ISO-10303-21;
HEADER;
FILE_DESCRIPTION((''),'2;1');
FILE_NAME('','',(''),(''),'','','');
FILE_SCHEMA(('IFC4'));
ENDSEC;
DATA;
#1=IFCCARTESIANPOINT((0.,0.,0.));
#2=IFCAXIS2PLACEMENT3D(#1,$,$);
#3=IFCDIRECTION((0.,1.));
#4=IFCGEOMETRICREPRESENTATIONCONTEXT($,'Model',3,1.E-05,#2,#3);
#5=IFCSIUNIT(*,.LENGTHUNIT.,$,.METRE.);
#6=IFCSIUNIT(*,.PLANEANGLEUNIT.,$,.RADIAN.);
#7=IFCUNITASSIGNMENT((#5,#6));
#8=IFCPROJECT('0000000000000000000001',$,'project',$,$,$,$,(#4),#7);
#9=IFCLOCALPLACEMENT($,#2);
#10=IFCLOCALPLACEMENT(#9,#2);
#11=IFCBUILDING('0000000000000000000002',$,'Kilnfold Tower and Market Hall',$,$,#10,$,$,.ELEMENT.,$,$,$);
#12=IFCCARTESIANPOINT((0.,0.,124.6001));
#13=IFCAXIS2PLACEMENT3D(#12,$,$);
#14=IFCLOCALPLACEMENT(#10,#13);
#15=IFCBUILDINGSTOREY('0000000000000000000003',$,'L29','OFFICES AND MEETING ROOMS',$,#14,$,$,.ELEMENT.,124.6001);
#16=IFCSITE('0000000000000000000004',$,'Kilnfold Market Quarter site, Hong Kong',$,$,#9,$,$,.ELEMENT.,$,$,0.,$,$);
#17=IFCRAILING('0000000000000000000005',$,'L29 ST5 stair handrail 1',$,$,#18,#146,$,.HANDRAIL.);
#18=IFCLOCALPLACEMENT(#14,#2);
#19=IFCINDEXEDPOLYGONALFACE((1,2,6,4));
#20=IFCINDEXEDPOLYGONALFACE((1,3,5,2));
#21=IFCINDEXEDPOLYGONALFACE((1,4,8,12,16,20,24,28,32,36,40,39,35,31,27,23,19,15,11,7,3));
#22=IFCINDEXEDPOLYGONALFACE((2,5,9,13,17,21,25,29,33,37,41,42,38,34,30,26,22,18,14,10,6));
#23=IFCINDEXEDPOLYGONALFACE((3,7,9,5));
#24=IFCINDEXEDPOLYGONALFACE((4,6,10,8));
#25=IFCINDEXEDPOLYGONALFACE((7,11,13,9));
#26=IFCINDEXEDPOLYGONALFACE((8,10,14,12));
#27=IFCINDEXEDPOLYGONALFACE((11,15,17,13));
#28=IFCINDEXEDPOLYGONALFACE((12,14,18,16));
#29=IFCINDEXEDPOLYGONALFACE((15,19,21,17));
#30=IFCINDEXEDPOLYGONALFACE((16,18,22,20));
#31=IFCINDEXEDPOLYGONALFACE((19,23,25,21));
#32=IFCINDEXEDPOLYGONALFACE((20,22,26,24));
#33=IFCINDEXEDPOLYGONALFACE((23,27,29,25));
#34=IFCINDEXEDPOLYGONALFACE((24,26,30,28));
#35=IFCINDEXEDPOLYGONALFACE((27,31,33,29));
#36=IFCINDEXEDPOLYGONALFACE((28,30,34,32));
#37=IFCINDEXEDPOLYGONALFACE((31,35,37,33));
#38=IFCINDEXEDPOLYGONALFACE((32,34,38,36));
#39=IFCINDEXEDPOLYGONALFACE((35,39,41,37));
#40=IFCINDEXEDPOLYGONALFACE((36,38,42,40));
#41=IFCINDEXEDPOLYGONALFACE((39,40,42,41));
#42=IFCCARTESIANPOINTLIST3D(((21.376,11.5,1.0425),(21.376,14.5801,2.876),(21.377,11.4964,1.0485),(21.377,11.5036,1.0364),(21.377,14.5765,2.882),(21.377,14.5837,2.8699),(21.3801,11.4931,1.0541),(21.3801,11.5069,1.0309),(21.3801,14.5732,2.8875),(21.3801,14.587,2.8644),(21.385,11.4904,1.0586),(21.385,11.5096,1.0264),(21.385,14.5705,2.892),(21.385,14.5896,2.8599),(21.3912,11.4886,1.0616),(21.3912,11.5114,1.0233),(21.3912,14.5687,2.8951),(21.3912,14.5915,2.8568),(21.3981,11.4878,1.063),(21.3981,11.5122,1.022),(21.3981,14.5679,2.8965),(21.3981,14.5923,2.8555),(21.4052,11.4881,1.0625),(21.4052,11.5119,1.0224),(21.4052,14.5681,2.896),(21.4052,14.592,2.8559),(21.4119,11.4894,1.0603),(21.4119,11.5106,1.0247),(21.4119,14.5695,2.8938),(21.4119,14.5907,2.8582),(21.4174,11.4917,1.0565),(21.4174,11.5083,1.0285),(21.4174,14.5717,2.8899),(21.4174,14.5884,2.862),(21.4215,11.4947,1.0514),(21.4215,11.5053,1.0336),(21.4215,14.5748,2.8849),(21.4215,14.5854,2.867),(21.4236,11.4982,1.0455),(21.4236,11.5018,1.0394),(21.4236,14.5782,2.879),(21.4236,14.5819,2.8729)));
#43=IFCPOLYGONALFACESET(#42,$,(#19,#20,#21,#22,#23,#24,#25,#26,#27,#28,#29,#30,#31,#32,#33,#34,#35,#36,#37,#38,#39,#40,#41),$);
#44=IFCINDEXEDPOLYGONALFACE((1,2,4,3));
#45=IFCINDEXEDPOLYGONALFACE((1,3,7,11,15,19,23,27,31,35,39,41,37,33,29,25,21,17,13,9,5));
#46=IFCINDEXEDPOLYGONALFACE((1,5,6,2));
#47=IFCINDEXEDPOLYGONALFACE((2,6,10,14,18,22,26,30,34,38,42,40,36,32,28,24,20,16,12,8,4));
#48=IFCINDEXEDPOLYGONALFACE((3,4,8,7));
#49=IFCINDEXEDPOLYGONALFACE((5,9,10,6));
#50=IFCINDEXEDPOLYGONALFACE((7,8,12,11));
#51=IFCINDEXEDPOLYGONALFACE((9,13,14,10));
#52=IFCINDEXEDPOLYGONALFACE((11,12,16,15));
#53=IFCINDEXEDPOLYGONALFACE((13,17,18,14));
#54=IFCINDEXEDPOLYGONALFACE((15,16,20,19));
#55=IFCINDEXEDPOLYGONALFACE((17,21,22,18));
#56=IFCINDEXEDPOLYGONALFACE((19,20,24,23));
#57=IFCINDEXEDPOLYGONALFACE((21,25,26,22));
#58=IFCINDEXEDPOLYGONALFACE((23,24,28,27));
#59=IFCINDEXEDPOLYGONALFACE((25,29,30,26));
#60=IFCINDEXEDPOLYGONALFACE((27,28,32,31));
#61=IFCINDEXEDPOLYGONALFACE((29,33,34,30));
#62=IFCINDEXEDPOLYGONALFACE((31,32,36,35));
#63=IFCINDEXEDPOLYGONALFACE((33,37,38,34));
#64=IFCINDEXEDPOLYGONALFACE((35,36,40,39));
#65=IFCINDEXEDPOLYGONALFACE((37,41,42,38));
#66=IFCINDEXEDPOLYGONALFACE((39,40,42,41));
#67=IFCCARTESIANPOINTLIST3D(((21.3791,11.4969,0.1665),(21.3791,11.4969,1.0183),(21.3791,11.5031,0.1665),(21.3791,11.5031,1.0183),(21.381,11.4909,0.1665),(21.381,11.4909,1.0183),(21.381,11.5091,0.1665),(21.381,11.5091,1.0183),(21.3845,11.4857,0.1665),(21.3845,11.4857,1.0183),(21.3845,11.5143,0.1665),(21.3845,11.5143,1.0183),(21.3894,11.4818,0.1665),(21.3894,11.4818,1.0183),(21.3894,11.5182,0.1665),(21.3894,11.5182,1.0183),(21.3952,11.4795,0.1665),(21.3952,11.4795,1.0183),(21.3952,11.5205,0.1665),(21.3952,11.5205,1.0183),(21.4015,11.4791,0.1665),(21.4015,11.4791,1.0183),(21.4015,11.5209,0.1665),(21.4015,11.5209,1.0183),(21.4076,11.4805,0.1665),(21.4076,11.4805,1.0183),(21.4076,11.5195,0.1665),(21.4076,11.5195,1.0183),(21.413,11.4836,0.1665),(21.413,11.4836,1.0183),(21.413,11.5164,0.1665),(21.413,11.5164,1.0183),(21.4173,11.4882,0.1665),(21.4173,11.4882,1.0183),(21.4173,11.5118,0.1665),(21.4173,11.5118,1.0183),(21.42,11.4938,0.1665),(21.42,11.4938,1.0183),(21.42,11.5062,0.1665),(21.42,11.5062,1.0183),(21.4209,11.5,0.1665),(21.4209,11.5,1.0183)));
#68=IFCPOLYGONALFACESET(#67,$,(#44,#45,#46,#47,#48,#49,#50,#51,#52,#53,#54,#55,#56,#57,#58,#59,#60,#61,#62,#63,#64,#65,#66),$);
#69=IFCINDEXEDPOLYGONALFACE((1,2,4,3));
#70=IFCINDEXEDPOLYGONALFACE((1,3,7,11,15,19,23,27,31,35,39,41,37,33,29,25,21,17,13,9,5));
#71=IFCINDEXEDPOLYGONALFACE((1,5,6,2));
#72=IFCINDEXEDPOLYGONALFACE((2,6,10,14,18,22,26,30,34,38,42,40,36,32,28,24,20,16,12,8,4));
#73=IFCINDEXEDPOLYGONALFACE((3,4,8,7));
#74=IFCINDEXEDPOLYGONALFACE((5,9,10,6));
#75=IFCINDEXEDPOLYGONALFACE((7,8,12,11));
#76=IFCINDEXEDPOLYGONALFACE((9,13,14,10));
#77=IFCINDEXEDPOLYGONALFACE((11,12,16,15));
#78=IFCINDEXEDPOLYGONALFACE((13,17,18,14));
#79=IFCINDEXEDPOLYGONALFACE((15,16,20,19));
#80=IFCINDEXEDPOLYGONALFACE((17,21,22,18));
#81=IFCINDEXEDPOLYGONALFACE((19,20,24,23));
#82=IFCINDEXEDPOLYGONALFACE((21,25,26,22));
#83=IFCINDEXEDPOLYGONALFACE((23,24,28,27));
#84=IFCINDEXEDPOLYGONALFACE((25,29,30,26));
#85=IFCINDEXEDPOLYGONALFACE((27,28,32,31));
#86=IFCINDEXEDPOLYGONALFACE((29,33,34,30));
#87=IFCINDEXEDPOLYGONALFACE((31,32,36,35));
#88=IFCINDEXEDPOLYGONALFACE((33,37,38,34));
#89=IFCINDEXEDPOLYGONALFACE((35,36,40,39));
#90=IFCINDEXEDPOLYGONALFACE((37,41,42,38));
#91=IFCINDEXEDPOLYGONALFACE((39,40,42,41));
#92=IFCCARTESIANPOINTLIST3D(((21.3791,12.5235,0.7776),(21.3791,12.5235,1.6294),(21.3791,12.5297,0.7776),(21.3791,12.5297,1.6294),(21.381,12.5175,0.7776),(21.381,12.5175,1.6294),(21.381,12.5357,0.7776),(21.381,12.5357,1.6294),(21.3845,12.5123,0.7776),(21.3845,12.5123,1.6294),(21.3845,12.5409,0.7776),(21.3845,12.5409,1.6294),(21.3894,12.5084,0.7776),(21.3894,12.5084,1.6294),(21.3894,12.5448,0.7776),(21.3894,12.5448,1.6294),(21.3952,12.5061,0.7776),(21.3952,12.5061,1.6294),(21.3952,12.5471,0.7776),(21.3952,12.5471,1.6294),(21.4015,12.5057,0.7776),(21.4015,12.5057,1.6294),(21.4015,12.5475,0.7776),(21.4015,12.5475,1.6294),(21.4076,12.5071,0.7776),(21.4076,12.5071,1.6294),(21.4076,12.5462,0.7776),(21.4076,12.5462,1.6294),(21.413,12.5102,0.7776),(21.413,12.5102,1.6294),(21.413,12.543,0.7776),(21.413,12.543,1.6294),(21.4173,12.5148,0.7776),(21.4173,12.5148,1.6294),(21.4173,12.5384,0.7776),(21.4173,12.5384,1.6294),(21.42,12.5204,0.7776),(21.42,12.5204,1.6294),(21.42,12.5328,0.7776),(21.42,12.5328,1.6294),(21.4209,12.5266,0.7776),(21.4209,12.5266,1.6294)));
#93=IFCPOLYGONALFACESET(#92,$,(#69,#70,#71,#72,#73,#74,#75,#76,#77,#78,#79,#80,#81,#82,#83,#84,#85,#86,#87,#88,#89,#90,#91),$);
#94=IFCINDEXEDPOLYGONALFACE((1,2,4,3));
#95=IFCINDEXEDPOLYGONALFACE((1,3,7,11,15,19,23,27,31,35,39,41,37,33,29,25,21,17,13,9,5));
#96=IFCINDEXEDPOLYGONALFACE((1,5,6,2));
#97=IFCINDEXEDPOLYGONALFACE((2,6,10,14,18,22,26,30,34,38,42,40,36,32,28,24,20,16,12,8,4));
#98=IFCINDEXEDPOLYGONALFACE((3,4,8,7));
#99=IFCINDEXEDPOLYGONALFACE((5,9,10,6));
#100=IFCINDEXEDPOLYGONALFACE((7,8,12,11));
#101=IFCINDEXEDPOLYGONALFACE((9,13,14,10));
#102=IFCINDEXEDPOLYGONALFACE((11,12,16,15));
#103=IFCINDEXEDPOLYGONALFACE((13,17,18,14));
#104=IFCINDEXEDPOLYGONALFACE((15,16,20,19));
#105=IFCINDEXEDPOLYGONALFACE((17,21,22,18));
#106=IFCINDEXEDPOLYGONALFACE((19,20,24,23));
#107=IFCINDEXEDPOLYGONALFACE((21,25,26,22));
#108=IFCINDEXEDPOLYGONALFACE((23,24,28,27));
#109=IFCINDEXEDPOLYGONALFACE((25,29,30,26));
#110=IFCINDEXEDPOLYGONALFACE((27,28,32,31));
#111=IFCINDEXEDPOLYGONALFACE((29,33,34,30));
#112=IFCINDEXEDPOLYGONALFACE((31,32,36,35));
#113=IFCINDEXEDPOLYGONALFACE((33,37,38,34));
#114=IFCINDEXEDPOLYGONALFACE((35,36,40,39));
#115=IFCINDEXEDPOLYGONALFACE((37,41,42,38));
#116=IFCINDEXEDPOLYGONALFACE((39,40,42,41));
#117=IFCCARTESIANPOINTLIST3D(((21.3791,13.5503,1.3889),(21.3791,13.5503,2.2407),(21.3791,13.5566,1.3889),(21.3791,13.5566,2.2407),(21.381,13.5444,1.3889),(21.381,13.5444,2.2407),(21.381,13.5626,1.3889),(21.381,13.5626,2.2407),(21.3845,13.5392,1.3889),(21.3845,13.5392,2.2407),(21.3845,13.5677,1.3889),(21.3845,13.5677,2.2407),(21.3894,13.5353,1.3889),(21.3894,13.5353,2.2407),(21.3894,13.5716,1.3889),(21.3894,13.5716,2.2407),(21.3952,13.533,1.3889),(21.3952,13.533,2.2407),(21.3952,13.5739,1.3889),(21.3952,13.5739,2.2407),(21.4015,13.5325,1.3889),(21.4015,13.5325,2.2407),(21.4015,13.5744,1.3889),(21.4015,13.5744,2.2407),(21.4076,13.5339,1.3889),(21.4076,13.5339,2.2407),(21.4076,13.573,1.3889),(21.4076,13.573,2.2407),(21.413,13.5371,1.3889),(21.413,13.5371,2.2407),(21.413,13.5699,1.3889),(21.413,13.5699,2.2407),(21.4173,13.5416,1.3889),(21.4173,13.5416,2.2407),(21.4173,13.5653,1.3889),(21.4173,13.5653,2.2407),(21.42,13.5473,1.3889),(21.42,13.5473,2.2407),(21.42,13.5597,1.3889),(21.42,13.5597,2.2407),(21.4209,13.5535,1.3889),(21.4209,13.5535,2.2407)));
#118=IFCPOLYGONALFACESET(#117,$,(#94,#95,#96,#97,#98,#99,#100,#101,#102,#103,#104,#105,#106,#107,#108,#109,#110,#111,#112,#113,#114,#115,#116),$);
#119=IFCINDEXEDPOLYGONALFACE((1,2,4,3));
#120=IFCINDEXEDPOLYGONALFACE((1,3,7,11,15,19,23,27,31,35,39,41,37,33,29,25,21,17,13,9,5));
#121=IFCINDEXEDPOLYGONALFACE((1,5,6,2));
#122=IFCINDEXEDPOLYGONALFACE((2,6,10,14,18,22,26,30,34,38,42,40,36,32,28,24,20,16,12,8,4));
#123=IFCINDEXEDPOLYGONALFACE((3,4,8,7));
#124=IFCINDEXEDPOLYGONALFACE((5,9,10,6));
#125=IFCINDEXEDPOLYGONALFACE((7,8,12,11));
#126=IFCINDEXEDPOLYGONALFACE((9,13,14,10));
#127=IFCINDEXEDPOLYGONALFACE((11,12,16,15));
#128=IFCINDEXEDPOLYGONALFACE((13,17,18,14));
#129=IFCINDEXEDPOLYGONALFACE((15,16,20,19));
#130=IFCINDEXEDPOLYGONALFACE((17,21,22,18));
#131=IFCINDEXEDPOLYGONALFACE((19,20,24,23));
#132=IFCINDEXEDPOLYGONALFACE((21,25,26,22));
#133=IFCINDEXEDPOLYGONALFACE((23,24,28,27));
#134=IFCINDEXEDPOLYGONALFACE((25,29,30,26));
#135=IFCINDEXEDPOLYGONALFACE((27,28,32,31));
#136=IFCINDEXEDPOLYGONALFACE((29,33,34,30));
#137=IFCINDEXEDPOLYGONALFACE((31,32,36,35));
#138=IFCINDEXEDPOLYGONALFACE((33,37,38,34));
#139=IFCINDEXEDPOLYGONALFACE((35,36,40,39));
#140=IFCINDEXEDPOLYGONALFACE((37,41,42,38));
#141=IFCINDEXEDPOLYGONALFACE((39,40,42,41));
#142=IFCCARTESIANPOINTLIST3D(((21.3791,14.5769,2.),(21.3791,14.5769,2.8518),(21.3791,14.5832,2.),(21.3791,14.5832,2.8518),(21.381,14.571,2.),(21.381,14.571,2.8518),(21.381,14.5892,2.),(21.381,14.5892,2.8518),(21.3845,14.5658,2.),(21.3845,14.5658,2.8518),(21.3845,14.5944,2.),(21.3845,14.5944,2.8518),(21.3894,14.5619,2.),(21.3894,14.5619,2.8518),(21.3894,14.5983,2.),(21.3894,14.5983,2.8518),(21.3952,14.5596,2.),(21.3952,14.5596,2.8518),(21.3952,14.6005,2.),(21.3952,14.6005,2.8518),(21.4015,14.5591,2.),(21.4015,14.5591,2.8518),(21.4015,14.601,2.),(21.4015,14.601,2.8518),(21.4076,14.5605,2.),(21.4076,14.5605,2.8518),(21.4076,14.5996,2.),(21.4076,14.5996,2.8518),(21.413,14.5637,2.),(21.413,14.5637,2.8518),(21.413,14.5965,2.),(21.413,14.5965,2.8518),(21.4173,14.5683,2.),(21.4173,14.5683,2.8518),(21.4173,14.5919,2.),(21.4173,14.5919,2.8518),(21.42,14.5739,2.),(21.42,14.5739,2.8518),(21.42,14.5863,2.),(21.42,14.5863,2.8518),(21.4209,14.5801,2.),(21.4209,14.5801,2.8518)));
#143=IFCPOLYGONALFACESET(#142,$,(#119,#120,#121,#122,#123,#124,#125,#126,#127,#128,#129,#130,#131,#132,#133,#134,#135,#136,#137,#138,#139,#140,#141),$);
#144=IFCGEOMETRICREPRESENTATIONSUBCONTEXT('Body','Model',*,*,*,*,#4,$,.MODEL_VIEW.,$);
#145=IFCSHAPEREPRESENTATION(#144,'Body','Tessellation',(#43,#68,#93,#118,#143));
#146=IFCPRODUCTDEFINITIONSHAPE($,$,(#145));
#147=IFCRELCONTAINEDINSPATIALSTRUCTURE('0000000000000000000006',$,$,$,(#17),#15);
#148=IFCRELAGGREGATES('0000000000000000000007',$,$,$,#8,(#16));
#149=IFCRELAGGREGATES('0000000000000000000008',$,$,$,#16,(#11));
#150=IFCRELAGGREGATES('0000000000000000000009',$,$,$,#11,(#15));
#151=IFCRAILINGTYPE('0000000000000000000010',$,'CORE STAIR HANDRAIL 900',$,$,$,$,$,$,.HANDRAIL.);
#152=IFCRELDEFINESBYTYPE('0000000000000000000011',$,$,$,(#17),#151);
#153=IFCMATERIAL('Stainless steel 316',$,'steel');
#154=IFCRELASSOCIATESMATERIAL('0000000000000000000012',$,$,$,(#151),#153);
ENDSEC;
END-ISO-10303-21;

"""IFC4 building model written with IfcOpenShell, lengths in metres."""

from ifc_helpers import new_model, si_unit, direction, frame, origin, origin_2d, place, context, subcontext, project, spatial, circle, extrude, material, type_object, element, save


model = new_model("IFC4")

# Units and contexts
model_context = context("Model", 3, precision=1e-05, world=origin(), true_north=direction((0.0, 1.0)))
body_context = subcontext(model_context, "Body", "Model", "MODEL_VIEW")
ifc_project = project(units=[si_unit("LENGTHUNIT", "METRE"), si_unit("PLANEANGLEUNIT", "RADIAN")], contexts=[model_context])

# Site, building, storey
site_placement = place(None, origin())
site = spatial("IfcSite", under=ifc_project, at=site_placement, Name="Kilnfold Market Quarter site, Hong Kong", CompositionType="ELEMENT", RefElevation=0.0)
building_placement = place(site_placement, origin())
building = spatial("IfcBuilding", under=site, at=building_placement, Name="Kilnfold Tower and Market Hall", CompositionType="ELEMENT")
storey_placement = place(building_placement, frame((0.0, 0.0, 124.6001)))
storey = spatial("IfcBuildingStorey", under=building, at=storey_placement, Name="L29", Description="OFFICES AND MEETING ROOMS", CompositionType="ELEMENT", Elevation=124.6001)

# Railing
ifc_material_1 = material(Name="Stainless steel 316", Category="steel")
railing_type = type_object("IfcRailingType", Name="CORE STAIR HANDRAIL 900", PredefinedType="HANDRAIL", material=ifc_material_1)
railing_placement = place(storey_placement, frame((21.3999, 11.5, 0.1665)))
element("IfcRailing", 1, at=railing_placement, inside=storey, type_object=railing_type, Name="L29 ST5 stair handrail 1", PredefinedType="HANDRAIL", context=body_context, shape_type="SweptSolid", body=[
    extrude(circle(Radius=0.0239, at=origin_2d()), frame((0.0, 0.0, 0.876), z_axis=(0.0, 0.859279, 0.511508), x_axis=(-1.0, 0.0, 0.0)), (0.0, 0.0, 1.0), 3.5845),
    extrude(circle(Radius=0.021, at=origin_2d()), origin(), (0.0, 0.0, 1.0), 0.8518),
    extrude(circle(Radius=0.021, at=origin_2d()), frame((0.0, 1.0266, 0.6111)), (0.0, 0.0, 1.0), 0.8518),
    extrude(circle(Radius=0.021, at=origin_2d()), frame((0.0, 2.0535, 1.2224)), (0.0, 0.0, 1.0), 0.8518),
    extrude(circle(Radius=0.021, at=origin_2d()), frame((0.0, 3.0801, 1.8335)), (0.0, 0.0, 1.0), 0.8518),
])

save(model, "model.ifc")
